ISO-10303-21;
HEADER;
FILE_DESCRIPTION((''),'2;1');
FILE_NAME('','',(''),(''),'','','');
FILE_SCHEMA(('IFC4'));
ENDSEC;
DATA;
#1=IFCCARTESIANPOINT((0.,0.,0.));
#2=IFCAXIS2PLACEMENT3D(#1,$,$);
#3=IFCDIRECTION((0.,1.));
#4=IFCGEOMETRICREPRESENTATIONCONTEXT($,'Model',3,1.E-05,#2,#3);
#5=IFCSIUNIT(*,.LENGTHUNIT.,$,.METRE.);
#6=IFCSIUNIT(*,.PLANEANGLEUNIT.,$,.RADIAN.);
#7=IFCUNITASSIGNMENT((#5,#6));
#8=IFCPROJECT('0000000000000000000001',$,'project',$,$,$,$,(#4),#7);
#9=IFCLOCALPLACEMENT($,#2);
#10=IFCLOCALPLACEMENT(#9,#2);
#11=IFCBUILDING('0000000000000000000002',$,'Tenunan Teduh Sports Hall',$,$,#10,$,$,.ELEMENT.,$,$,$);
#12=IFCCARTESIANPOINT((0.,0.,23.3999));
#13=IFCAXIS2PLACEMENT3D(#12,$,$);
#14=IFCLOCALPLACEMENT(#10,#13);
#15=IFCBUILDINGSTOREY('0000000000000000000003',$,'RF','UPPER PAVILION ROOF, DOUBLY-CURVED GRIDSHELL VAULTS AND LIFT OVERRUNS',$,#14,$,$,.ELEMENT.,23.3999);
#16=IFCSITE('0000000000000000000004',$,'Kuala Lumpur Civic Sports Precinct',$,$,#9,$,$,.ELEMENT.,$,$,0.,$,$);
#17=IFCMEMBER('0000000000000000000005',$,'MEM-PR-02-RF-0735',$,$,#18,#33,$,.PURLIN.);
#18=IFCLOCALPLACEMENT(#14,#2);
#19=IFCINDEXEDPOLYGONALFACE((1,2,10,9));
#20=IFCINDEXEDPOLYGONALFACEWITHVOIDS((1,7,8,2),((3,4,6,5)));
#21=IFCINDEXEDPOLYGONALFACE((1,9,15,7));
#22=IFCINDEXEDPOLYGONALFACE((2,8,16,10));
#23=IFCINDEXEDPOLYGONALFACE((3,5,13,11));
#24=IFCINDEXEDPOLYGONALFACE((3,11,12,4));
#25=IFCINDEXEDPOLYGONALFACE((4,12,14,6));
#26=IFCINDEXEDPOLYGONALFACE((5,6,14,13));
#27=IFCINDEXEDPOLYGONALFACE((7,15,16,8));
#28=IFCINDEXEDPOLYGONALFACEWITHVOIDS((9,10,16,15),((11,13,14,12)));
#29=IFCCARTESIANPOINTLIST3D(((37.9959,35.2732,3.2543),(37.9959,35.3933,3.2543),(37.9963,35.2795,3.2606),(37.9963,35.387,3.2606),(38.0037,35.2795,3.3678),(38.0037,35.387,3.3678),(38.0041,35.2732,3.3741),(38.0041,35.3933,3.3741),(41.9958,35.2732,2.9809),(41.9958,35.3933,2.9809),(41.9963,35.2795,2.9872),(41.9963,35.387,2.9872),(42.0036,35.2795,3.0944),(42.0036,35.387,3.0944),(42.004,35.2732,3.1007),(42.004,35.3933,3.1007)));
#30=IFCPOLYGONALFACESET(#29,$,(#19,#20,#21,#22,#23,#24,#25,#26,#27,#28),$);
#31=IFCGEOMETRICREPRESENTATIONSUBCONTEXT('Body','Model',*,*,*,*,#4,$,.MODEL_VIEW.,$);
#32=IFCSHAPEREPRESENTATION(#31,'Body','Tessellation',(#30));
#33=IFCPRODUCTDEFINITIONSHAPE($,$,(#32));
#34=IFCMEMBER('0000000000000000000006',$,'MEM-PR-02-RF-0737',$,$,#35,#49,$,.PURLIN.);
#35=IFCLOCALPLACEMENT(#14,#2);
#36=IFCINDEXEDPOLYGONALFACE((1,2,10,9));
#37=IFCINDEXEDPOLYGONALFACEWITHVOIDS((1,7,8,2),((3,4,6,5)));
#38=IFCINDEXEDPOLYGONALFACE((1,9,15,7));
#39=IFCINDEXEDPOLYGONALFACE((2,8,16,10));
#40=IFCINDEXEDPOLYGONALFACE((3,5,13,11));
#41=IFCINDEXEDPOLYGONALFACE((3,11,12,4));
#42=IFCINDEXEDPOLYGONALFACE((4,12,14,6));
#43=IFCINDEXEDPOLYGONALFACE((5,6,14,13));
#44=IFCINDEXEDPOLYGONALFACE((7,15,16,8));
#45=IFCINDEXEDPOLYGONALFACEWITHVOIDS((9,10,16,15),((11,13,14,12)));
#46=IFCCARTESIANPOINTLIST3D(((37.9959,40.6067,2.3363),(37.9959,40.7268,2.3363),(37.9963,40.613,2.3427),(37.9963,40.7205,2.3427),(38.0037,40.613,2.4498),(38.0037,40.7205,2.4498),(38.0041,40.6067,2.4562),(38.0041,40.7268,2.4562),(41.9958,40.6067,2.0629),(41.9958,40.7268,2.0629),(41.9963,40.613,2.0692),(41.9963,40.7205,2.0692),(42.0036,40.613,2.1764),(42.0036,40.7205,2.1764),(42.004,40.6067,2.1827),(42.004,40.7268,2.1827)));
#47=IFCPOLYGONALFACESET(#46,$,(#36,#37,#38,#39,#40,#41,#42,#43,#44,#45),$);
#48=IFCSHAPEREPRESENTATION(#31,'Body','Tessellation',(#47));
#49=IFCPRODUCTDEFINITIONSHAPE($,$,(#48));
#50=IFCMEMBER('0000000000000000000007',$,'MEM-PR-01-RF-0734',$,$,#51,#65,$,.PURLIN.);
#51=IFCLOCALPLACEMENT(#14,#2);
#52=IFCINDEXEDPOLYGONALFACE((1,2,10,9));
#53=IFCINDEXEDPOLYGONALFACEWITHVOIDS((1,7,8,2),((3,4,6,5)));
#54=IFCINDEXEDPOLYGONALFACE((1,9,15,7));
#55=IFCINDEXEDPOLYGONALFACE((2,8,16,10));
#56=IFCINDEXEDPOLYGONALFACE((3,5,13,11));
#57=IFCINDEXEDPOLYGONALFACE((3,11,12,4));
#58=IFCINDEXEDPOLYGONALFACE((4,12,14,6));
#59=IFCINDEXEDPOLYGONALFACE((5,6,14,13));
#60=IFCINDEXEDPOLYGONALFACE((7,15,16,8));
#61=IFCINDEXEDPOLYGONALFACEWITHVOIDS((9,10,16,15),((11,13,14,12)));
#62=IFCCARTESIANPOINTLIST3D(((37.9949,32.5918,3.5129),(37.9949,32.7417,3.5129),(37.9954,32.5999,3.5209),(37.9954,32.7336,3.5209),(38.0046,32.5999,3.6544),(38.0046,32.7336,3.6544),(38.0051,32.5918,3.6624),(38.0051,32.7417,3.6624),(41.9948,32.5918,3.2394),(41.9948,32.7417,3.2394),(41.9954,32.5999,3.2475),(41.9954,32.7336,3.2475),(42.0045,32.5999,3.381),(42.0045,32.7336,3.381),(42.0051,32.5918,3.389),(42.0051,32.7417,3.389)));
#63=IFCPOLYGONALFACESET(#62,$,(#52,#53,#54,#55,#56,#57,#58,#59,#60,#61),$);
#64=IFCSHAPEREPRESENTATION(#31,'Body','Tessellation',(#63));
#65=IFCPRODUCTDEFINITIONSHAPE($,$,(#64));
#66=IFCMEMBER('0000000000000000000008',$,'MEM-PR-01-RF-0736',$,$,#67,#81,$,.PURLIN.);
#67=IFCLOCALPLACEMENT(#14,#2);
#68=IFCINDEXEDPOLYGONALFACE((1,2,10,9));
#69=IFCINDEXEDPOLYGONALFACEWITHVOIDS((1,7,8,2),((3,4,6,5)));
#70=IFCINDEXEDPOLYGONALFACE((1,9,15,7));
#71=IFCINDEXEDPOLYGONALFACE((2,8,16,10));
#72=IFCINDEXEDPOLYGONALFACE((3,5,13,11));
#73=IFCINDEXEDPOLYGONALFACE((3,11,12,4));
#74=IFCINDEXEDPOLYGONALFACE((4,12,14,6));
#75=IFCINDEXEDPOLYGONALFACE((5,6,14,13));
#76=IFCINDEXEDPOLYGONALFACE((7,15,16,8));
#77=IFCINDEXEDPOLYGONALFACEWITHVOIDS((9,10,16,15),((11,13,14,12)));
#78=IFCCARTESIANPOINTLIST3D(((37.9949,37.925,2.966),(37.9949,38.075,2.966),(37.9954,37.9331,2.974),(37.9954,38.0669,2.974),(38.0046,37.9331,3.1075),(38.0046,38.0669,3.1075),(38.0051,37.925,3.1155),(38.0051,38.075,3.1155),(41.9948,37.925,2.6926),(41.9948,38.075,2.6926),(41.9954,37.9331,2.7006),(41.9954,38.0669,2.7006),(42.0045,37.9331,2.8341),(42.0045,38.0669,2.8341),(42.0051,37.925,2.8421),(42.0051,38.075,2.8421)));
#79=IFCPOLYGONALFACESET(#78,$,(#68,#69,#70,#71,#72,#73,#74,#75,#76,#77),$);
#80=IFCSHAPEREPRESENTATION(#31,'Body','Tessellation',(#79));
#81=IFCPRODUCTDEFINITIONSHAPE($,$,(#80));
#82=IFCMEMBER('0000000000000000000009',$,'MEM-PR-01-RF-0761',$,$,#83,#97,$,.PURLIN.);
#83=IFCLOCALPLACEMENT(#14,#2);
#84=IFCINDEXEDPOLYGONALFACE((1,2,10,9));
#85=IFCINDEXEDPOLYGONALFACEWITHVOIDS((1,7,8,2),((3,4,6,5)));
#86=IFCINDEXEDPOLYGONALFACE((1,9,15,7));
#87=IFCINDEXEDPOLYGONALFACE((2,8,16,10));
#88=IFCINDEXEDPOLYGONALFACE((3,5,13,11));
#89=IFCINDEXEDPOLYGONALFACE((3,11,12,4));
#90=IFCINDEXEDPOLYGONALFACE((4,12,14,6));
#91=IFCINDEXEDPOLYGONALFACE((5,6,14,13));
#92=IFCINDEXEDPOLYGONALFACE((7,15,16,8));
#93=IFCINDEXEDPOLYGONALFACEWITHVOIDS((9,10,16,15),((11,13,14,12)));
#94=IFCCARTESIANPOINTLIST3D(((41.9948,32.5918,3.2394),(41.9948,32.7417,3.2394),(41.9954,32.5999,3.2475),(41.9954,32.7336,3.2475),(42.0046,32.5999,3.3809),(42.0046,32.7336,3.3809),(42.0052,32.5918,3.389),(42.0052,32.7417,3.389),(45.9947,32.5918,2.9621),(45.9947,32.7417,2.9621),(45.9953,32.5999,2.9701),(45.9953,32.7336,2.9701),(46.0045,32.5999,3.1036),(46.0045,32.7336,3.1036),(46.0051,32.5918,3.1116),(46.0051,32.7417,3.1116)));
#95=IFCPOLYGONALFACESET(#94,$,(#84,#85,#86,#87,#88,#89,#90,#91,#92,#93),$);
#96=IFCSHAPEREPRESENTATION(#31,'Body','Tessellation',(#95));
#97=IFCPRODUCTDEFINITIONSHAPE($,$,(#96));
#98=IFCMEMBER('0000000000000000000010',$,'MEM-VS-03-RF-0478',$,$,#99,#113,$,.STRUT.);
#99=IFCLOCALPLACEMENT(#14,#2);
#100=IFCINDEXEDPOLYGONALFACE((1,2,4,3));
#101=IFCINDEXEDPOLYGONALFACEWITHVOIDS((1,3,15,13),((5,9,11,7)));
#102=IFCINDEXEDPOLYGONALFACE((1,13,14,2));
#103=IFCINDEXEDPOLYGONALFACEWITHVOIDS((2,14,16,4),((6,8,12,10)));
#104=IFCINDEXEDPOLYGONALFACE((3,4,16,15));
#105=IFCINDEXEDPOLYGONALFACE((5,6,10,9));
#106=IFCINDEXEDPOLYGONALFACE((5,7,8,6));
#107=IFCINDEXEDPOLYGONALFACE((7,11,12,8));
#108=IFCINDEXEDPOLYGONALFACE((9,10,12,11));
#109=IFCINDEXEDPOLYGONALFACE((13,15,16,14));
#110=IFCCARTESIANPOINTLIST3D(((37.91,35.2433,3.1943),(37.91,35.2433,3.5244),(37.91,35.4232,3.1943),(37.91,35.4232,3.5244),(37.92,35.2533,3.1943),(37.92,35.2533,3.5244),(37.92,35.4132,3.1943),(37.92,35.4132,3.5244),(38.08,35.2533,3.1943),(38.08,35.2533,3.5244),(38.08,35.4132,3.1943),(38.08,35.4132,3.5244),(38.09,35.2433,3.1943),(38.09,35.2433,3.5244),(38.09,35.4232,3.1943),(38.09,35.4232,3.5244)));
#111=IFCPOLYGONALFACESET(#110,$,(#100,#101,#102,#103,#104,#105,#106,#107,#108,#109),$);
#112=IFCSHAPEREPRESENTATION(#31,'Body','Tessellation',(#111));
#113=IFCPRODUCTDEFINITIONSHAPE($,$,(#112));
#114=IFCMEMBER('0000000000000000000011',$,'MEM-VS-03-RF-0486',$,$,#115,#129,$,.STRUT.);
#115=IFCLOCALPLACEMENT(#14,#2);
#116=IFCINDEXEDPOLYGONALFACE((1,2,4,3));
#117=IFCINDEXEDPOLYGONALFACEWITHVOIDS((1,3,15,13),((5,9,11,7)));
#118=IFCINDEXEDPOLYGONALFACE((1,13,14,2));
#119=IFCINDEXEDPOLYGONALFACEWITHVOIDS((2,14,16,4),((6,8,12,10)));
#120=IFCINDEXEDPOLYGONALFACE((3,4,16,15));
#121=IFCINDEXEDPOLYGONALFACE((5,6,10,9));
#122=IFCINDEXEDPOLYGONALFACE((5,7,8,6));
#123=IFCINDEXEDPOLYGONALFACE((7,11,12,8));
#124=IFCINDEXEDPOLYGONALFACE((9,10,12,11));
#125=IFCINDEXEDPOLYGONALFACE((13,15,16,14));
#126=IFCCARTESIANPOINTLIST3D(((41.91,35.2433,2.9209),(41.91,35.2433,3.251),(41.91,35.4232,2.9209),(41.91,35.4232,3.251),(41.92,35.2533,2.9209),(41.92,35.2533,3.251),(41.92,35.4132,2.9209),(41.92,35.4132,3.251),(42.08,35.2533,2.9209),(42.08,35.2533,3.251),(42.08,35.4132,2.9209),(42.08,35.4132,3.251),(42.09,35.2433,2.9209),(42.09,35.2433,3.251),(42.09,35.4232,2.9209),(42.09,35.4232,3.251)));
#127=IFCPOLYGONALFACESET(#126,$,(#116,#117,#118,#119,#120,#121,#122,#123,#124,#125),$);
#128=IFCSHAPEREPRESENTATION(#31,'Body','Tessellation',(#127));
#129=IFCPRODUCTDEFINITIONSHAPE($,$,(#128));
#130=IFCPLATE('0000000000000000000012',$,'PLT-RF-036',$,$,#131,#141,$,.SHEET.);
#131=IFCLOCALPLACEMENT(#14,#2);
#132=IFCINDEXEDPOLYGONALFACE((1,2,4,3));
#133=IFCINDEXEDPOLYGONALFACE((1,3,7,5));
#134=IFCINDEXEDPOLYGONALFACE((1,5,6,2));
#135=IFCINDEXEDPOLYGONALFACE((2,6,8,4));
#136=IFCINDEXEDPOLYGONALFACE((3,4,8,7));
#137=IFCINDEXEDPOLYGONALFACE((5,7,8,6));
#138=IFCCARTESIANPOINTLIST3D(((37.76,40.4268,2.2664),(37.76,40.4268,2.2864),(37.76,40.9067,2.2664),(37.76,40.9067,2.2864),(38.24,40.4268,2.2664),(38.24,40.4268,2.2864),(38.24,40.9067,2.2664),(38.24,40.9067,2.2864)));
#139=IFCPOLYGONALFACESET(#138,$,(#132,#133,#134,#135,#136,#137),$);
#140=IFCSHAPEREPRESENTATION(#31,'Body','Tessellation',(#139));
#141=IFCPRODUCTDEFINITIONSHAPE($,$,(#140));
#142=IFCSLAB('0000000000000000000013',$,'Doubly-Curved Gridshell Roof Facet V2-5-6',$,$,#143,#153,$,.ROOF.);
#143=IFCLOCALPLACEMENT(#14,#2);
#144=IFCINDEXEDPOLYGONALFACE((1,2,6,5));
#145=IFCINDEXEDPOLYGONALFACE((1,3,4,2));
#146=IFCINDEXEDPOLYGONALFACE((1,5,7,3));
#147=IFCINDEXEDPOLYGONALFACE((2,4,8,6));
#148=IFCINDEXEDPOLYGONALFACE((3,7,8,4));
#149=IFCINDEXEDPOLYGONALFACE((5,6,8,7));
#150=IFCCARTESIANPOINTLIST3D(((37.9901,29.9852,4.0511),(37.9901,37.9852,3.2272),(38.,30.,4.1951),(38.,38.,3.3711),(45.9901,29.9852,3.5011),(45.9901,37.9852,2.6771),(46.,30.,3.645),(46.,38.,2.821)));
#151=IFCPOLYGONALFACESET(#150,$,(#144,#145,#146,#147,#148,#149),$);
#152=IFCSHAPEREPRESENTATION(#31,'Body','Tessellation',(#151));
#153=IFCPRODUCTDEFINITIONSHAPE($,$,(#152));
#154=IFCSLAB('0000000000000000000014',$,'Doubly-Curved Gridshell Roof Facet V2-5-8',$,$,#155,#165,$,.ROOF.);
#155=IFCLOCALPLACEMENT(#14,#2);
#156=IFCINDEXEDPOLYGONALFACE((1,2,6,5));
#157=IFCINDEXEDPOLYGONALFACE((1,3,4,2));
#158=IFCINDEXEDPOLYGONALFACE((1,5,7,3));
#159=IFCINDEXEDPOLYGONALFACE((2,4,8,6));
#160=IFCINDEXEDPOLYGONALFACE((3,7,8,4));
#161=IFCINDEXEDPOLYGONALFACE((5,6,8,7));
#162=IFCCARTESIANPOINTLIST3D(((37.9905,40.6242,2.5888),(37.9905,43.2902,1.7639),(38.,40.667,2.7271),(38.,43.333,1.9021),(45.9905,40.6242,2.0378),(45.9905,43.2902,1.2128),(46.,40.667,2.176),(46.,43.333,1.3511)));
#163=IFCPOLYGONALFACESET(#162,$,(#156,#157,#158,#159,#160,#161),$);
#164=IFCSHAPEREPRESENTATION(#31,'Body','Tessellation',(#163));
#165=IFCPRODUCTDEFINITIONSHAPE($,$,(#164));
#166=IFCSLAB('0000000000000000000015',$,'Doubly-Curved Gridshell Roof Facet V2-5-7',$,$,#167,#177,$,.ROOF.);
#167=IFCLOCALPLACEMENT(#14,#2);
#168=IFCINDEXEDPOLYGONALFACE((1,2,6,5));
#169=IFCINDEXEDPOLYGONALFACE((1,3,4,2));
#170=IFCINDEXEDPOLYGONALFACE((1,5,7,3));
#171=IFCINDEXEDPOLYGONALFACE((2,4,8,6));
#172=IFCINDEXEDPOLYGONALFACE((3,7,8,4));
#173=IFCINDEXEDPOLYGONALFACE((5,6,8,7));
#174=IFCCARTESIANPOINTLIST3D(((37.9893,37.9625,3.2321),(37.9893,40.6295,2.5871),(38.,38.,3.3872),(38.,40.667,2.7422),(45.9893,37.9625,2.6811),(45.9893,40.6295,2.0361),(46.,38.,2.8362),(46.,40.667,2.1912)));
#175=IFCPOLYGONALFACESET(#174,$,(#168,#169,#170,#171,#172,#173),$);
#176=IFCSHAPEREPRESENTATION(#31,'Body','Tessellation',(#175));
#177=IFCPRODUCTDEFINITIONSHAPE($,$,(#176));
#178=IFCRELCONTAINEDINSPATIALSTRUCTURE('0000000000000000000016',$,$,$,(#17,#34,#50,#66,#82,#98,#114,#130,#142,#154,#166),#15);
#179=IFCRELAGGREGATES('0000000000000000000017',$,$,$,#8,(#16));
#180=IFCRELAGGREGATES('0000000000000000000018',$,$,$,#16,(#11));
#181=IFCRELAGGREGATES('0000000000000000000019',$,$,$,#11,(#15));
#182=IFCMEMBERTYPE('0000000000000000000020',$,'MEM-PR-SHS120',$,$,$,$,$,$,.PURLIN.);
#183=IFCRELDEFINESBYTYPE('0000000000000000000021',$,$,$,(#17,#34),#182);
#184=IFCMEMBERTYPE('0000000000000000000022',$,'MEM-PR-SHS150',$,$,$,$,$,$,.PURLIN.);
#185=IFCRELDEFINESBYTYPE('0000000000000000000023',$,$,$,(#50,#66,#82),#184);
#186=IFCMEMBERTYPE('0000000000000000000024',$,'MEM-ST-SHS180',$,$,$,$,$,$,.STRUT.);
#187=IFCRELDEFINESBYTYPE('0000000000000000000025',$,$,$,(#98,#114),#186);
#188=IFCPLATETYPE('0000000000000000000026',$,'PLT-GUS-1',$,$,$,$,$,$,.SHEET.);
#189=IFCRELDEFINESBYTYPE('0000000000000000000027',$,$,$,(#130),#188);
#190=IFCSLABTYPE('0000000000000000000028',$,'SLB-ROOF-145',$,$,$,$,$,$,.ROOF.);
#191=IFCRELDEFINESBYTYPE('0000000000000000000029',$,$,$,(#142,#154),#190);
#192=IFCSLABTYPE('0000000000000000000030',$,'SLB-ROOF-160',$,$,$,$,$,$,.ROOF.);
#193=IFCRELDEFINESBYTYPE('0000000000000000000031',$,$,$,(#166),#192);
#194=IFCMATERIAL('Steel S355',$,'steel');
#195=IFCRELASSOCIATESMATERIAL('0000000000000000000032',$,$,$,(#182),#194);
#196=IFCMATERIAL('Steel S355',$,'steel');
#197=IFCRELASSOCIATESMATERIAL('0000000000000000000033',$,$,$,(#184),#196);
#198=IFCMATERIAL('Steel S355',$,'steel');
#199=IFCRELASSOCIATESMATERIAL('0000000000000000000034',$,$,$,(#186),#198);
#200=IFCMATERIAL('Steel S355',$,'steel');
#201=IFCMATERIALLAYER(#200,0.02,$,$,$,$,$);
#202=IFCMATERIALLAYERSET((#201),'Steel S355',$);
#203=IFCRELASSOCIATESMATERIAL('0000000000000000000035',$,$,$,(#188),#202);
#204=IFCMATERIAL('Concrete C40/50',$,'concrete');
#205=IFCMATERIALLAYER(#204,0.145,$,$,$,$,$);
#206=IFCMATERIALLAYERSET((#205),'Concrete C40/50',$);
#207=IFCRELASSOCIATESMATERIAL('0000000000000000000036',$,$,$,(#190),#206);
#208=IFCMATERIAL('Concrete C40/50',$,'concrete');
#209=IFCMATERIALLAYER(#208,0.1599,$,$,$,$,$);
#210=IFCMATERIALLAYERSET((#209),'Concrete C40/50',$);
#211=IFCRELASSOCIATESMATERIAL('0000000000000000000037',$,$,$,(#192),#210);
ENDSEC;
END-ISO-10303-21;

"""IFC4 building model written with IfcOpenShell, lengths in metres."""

from ifc_helpers import new_model, si_unit, direction, frame, origin, origin_2d, place, context, subcontext, project, spatial, polyline, rectangle, hollow_rectangle, outline, extrude, material, layer, layer_set, material_profile, profile_set, type_object, element, save


model = new_model("IFC4")

# Units and contexts
model_context = context("Model", 3, precision=1e-05, world=origin(), true_north=direction((0.0, 1.0)))
body_context = subcontext(model_context, "Body", "Model", "MODEL_VIEW")
ifc_project = project(units=[si_unit("LENGTHUNIT", "METRE"), si_unit("PLANEANGLEUNIT", "RADIAN")], contexts=[model_context])

# Site, building, storey
site_placement = place(None, origin())
site = spatial("IfcSite", under=ifc_project, at=site_placement, Name="Kuala Lumpur Civic Sports Precinct", CompositionType="ELEMENT", RefElevation=0.0)
building_placement = place(site_placement, origin())
building = spatial("IfcBuilding", under=site, at=building_placement, Name="Tenunan Teduh Sports Hall", CompositionType="ELEMENT")
storey_placement = place(building_placement, frame((0.0, 0.0, 23.3999)))
storey = spatial("IfcBuildingStorey", under=building, at=storey_placement, Name="RF", Description="UPPER PAVILION ROOF, DOUBLY-CURVED GRIDSHELL VAULTS AND LIFT OVERRUNS", CompositionType="ELEMENT", Elevation=23.3999)

# Members
ifc_material_1 = material(Name="Steel S355", Category="steel")
ifc_material_profile_1 = material_profile(ifc_material_1, hollow_rectangle(XDim=0.1201, YDim=0.1201, WallThickness=0.0063, at=origin_2d()), Name="SHS 120x120x6.3")
ifc_profile_set_1 = profile_set([ifc_material_profile_1], Name="Steel S355")
member_type_1 = type_object("IfcMemberType", Name="MEM-PR-SHS120", PredefinedType="PURLIN", material=ifc_profile_set_1)
for number, where, z_axis, x_axis, name in (
    (1, (38.0, 35.3333, 3.3142), (0.997672, 0.0, -0.0682), (0.0, 1.0, 0.0), "MEM-PR-02-RF-0735"),
    (2, (38.0, 40.6667, 2.3962), (0.997672, 0.0, -0.0682), (0.0, 1.0, 0.0), "MEM-PR-02-RF-0737"),
):
    element("IfcMember", number, at=place(storey_placement, frame(where, z_axis=z_axis, x_axis=x_axis)), inside=storey, type_object=member_type_1, Name=name, PredefinedType="PURLIN", context=body_context, shape_type="SweptSolid", body=[
        extrude(hollow_rectangle(XDim=0.1201, YDim=0.1201, WallThickness=0.0063, at=origin_2d()), origin(), (0.0, 0.0, 1.0), 4.0093),
    ])
ifc_material_2 = material(Name="Steel S355", Category="steel")
ifc_material_profile_2 = material_profile(ifc_material_2, hollow_rectangle(XDim=0.1499, YDim=0.1499, WallThickness=0.0081, at=origin_2d()), Name="SHS 150x150x8.0")
ifc_profile_set_2 = profile_set([ifc_material_profile_2], Name="Steel S355")
member_type_2 = type_object("IfcMemberType", Name="MEM-PR-SHS150", PredefinedType="PURLIN", material=ifc_profile_set_2)
for number, where, z_axis, x_axis, name in (
    (3, (38.0, 32.6667, 3.5876), (0.997672, 0.0, -0.0682), (0.0, 1.0, 0.0), "MEM-PR-01-RF-0734"),
    (4, (38.0, 38.0, 3.0408), (0.997672, 0.0, -0.0682), (0.0, 1.0, 0.0), "MEM-PR-01-RF-0736"),
):
    element("IfcMember", number, at=place(storey_placement, frame(where, z_axis=z_axis, x_axis=x_axis)), inside=storey, type_object=member_type_2, Name=name, PredefinedType="PURLIN", context=body_context, shape_type="SweptSolid", body=[
        extrude(hollow_rectangle(XDim=0.1499, YDim=0.1499, WallThickness=0.0081, at=origin_2d()), origin(), (0.0, 0.0, 1.0), 4.0093),
    ])
member_1_placement = place(storey_placement, frame((42.0, 32.6667, 3.3142), z_axis=(0.997605, 0.0, -0.06917), x_axis=(0.0, 1.0, 0.0)))
element("IfcMember", 5, at=member_1_placement, inside=storey, type_object=member_type_2, Name="MEM-PR-01-RF-0761", PredefinedType="PURLIN", context=body_context, shape_type="SweptSolid", body=[
    extrude(hollow_rectangle(XDim=0.1499, YDim=0.1499, WallThickness=0.0081, at=origin_2d()), origin(), (0.0, 0.0, 1.0), 4.0095),
])
ifc_material_3 = material(Name="Steel S355", Category="steel")
ifc_material_profile_3 = material_profile(ifc_material_3, hollow_rectangle(XDim=0.1799, YDim=0.1799, WallThickness=0.01, at=origin_2d()), Name="SHS 180x180x10.0")
ifc_profile_set_3 = profile_set([ifc_material_profile_3], Name="Steel S355")
member_type_3 = type_object("IfcMemberType", Name="MEM-ST-SHS180", PredefinedType="STRUT", material=ifc_profile_set_3)
for number, where, z_axis, x_axis, name in (
    (6, (38.0, 35.3333, 3.1943), (0.0, 0.0, 1.0), (1.0, 0.0, 0.0), "MEM-VS-03-RF-0478"),
    (7, (42.0, 35.3333, 2.9209), (0.0, 0.0, 1.0), (1.0, 0.0, 0.0), "MEM-VS-03-RF-0486"),
):
    element("IfcMember", number, at=place(storey_placement, frame(where, z_axis=z_axis, x_axis=x_axis)), inside=storey, type_object=member_type_3, Name=name, PredefinedType="STRUT", context=body_context, shape_type="SweptSolid", body=[
        extrude(hollow_rectangle(XDim=0.1799, YDim=0.1799, WallThickness=0.01, at=origin_2d()), origin(), (0.0, 0.0, 1.0), 0.3301),
    ])

# Plate
ifc_material_4 = material(Name="Steel S355", Category="steel")
ifc_layer_1 = layer(ifc_material_4, 0.02)
ifc_layer_set_1 = layer_set([ifc_layer_1], Name="Steel S355")
plate_type = type_object("IfcPlateType", Name="PLT-GUS-1", PredefinedType="SHEET", material=ifc_layer_set_1)
plate_placement = place(storey_placement, frame((38.0, 40.6667, 2.2664), z_axis=(0.0, 0.0, 1.0), x_axis=(1.0, 0.0, 0.0)))
element("IfcPlate", 8, at=plate_placement, inside=storey, type_object=plate_type, Name="PLT-RF-036", PredefinedType="SHEET", context=body_context, shape_type="SweptSolid", body=[
    extrude(rectangle(XDim=0.48, YDim=0.48, at=origin_2d()), origin(), (0.0, 0.0, 1.0), 0.02),
])

# Slabs
ifc_material_5 = material(Name="Concrete C40/50", Category="concrete")
ifc_layer_2 = layer(ifc_material_5, 0.145)
ifc_layer_set_2 = layer_set([ifc_layer_2], Name="Concrete C40/50")
slab_type_1 = type_object("IfcSlabType", Name="SLB-ROOF-145", PredefinedType="ROOF", material=ifc_layer_set_2)
slab_1_placement = place(storey_placement, frame((38.0, 30.0, 4.1951), z_axis=(0.068235, 0.102216, 0.992419), x_axis=(0.997645, 0.0, -0.068594)))
element("IfcSlab", 9, at=slab_1_placement, inside=storey, type_object=slab_type_1, Name="Doubly-Curved Gridshell Roof Facet V2-5-6", PredefinedType="ROOF", context=body_context, shape_type="SweptSolid", body=[
    extrude(outline(polyline([(0.0, 0.0), (8.0189, 0.0), (8.0754, 8.0421), (0.0565, 8.0421), (0.0, 0.0)])), origin(), (0.0, 0.0, -1.0), 0.145),
])
slab_2_placement = place(storey_placement, frame((38.0, 40.667, 2.7271), z_axis=(0.065658, 0.294966, 0.953249), x_axis=(0.997636, 0.0, -0.068715)))
element("IfcSlab", 10, at=slab_2_placement, inside=storey, type_object=slab_type_1, Name="Doubly-Curved Gridshell Roof Facet V2-5-8", PredefinedType="ROOF", context=body_context, shape_type="SweptSolid", body=[
    extrude(outline(polyline([(0.0, 0.0), (8.019, 0.0), (8.0756, 2.7902), (0.0567, 2.7902), (0.0, 0.0)])), origin(), (0.0, 0.0, -1.0), 0.145),
])
ifc_material_6 = material(Name="Concrete C40/50", Category="concrete")
ifc_layer_3 = layer(ifc_material_6, 0.1599)
ifc_layer_set_3 = layer_set([ifc_layer_3], Name="Concrete C40/50")
slab_type_2 = type_object("IfcSlabType", Name="SLB-ROOF-160", PredefinedType="ROOF", material=ifc_layer_set_3)
slab_3_placement = place(storey_placement, frame((38.0, 38.0, 3.3872), z_axis=(0.066798, 0.23455, 0.969806), x_axis=(0.997636, 0.0, -0.068715)))
element("IfcSlab", 11, at=slab_3_placement, inside=storey, type_object=slab_type_2, Name="Doubly-Curved Gridshell Roof Facet V2-5-7", PredefinedType="ROOF", context=body_context, shape_type="SweptSolid", body=[
    extrude(outline(polyline([(0.0, 0.0), (8.019, 0.0), (8.0633, 2.7435), (0.0443, 2.7435), (0.0, 0.0)])), origin(), (0.0, 0.0, -1.0), 0.1599),
])

save(model, "model.ifc")
